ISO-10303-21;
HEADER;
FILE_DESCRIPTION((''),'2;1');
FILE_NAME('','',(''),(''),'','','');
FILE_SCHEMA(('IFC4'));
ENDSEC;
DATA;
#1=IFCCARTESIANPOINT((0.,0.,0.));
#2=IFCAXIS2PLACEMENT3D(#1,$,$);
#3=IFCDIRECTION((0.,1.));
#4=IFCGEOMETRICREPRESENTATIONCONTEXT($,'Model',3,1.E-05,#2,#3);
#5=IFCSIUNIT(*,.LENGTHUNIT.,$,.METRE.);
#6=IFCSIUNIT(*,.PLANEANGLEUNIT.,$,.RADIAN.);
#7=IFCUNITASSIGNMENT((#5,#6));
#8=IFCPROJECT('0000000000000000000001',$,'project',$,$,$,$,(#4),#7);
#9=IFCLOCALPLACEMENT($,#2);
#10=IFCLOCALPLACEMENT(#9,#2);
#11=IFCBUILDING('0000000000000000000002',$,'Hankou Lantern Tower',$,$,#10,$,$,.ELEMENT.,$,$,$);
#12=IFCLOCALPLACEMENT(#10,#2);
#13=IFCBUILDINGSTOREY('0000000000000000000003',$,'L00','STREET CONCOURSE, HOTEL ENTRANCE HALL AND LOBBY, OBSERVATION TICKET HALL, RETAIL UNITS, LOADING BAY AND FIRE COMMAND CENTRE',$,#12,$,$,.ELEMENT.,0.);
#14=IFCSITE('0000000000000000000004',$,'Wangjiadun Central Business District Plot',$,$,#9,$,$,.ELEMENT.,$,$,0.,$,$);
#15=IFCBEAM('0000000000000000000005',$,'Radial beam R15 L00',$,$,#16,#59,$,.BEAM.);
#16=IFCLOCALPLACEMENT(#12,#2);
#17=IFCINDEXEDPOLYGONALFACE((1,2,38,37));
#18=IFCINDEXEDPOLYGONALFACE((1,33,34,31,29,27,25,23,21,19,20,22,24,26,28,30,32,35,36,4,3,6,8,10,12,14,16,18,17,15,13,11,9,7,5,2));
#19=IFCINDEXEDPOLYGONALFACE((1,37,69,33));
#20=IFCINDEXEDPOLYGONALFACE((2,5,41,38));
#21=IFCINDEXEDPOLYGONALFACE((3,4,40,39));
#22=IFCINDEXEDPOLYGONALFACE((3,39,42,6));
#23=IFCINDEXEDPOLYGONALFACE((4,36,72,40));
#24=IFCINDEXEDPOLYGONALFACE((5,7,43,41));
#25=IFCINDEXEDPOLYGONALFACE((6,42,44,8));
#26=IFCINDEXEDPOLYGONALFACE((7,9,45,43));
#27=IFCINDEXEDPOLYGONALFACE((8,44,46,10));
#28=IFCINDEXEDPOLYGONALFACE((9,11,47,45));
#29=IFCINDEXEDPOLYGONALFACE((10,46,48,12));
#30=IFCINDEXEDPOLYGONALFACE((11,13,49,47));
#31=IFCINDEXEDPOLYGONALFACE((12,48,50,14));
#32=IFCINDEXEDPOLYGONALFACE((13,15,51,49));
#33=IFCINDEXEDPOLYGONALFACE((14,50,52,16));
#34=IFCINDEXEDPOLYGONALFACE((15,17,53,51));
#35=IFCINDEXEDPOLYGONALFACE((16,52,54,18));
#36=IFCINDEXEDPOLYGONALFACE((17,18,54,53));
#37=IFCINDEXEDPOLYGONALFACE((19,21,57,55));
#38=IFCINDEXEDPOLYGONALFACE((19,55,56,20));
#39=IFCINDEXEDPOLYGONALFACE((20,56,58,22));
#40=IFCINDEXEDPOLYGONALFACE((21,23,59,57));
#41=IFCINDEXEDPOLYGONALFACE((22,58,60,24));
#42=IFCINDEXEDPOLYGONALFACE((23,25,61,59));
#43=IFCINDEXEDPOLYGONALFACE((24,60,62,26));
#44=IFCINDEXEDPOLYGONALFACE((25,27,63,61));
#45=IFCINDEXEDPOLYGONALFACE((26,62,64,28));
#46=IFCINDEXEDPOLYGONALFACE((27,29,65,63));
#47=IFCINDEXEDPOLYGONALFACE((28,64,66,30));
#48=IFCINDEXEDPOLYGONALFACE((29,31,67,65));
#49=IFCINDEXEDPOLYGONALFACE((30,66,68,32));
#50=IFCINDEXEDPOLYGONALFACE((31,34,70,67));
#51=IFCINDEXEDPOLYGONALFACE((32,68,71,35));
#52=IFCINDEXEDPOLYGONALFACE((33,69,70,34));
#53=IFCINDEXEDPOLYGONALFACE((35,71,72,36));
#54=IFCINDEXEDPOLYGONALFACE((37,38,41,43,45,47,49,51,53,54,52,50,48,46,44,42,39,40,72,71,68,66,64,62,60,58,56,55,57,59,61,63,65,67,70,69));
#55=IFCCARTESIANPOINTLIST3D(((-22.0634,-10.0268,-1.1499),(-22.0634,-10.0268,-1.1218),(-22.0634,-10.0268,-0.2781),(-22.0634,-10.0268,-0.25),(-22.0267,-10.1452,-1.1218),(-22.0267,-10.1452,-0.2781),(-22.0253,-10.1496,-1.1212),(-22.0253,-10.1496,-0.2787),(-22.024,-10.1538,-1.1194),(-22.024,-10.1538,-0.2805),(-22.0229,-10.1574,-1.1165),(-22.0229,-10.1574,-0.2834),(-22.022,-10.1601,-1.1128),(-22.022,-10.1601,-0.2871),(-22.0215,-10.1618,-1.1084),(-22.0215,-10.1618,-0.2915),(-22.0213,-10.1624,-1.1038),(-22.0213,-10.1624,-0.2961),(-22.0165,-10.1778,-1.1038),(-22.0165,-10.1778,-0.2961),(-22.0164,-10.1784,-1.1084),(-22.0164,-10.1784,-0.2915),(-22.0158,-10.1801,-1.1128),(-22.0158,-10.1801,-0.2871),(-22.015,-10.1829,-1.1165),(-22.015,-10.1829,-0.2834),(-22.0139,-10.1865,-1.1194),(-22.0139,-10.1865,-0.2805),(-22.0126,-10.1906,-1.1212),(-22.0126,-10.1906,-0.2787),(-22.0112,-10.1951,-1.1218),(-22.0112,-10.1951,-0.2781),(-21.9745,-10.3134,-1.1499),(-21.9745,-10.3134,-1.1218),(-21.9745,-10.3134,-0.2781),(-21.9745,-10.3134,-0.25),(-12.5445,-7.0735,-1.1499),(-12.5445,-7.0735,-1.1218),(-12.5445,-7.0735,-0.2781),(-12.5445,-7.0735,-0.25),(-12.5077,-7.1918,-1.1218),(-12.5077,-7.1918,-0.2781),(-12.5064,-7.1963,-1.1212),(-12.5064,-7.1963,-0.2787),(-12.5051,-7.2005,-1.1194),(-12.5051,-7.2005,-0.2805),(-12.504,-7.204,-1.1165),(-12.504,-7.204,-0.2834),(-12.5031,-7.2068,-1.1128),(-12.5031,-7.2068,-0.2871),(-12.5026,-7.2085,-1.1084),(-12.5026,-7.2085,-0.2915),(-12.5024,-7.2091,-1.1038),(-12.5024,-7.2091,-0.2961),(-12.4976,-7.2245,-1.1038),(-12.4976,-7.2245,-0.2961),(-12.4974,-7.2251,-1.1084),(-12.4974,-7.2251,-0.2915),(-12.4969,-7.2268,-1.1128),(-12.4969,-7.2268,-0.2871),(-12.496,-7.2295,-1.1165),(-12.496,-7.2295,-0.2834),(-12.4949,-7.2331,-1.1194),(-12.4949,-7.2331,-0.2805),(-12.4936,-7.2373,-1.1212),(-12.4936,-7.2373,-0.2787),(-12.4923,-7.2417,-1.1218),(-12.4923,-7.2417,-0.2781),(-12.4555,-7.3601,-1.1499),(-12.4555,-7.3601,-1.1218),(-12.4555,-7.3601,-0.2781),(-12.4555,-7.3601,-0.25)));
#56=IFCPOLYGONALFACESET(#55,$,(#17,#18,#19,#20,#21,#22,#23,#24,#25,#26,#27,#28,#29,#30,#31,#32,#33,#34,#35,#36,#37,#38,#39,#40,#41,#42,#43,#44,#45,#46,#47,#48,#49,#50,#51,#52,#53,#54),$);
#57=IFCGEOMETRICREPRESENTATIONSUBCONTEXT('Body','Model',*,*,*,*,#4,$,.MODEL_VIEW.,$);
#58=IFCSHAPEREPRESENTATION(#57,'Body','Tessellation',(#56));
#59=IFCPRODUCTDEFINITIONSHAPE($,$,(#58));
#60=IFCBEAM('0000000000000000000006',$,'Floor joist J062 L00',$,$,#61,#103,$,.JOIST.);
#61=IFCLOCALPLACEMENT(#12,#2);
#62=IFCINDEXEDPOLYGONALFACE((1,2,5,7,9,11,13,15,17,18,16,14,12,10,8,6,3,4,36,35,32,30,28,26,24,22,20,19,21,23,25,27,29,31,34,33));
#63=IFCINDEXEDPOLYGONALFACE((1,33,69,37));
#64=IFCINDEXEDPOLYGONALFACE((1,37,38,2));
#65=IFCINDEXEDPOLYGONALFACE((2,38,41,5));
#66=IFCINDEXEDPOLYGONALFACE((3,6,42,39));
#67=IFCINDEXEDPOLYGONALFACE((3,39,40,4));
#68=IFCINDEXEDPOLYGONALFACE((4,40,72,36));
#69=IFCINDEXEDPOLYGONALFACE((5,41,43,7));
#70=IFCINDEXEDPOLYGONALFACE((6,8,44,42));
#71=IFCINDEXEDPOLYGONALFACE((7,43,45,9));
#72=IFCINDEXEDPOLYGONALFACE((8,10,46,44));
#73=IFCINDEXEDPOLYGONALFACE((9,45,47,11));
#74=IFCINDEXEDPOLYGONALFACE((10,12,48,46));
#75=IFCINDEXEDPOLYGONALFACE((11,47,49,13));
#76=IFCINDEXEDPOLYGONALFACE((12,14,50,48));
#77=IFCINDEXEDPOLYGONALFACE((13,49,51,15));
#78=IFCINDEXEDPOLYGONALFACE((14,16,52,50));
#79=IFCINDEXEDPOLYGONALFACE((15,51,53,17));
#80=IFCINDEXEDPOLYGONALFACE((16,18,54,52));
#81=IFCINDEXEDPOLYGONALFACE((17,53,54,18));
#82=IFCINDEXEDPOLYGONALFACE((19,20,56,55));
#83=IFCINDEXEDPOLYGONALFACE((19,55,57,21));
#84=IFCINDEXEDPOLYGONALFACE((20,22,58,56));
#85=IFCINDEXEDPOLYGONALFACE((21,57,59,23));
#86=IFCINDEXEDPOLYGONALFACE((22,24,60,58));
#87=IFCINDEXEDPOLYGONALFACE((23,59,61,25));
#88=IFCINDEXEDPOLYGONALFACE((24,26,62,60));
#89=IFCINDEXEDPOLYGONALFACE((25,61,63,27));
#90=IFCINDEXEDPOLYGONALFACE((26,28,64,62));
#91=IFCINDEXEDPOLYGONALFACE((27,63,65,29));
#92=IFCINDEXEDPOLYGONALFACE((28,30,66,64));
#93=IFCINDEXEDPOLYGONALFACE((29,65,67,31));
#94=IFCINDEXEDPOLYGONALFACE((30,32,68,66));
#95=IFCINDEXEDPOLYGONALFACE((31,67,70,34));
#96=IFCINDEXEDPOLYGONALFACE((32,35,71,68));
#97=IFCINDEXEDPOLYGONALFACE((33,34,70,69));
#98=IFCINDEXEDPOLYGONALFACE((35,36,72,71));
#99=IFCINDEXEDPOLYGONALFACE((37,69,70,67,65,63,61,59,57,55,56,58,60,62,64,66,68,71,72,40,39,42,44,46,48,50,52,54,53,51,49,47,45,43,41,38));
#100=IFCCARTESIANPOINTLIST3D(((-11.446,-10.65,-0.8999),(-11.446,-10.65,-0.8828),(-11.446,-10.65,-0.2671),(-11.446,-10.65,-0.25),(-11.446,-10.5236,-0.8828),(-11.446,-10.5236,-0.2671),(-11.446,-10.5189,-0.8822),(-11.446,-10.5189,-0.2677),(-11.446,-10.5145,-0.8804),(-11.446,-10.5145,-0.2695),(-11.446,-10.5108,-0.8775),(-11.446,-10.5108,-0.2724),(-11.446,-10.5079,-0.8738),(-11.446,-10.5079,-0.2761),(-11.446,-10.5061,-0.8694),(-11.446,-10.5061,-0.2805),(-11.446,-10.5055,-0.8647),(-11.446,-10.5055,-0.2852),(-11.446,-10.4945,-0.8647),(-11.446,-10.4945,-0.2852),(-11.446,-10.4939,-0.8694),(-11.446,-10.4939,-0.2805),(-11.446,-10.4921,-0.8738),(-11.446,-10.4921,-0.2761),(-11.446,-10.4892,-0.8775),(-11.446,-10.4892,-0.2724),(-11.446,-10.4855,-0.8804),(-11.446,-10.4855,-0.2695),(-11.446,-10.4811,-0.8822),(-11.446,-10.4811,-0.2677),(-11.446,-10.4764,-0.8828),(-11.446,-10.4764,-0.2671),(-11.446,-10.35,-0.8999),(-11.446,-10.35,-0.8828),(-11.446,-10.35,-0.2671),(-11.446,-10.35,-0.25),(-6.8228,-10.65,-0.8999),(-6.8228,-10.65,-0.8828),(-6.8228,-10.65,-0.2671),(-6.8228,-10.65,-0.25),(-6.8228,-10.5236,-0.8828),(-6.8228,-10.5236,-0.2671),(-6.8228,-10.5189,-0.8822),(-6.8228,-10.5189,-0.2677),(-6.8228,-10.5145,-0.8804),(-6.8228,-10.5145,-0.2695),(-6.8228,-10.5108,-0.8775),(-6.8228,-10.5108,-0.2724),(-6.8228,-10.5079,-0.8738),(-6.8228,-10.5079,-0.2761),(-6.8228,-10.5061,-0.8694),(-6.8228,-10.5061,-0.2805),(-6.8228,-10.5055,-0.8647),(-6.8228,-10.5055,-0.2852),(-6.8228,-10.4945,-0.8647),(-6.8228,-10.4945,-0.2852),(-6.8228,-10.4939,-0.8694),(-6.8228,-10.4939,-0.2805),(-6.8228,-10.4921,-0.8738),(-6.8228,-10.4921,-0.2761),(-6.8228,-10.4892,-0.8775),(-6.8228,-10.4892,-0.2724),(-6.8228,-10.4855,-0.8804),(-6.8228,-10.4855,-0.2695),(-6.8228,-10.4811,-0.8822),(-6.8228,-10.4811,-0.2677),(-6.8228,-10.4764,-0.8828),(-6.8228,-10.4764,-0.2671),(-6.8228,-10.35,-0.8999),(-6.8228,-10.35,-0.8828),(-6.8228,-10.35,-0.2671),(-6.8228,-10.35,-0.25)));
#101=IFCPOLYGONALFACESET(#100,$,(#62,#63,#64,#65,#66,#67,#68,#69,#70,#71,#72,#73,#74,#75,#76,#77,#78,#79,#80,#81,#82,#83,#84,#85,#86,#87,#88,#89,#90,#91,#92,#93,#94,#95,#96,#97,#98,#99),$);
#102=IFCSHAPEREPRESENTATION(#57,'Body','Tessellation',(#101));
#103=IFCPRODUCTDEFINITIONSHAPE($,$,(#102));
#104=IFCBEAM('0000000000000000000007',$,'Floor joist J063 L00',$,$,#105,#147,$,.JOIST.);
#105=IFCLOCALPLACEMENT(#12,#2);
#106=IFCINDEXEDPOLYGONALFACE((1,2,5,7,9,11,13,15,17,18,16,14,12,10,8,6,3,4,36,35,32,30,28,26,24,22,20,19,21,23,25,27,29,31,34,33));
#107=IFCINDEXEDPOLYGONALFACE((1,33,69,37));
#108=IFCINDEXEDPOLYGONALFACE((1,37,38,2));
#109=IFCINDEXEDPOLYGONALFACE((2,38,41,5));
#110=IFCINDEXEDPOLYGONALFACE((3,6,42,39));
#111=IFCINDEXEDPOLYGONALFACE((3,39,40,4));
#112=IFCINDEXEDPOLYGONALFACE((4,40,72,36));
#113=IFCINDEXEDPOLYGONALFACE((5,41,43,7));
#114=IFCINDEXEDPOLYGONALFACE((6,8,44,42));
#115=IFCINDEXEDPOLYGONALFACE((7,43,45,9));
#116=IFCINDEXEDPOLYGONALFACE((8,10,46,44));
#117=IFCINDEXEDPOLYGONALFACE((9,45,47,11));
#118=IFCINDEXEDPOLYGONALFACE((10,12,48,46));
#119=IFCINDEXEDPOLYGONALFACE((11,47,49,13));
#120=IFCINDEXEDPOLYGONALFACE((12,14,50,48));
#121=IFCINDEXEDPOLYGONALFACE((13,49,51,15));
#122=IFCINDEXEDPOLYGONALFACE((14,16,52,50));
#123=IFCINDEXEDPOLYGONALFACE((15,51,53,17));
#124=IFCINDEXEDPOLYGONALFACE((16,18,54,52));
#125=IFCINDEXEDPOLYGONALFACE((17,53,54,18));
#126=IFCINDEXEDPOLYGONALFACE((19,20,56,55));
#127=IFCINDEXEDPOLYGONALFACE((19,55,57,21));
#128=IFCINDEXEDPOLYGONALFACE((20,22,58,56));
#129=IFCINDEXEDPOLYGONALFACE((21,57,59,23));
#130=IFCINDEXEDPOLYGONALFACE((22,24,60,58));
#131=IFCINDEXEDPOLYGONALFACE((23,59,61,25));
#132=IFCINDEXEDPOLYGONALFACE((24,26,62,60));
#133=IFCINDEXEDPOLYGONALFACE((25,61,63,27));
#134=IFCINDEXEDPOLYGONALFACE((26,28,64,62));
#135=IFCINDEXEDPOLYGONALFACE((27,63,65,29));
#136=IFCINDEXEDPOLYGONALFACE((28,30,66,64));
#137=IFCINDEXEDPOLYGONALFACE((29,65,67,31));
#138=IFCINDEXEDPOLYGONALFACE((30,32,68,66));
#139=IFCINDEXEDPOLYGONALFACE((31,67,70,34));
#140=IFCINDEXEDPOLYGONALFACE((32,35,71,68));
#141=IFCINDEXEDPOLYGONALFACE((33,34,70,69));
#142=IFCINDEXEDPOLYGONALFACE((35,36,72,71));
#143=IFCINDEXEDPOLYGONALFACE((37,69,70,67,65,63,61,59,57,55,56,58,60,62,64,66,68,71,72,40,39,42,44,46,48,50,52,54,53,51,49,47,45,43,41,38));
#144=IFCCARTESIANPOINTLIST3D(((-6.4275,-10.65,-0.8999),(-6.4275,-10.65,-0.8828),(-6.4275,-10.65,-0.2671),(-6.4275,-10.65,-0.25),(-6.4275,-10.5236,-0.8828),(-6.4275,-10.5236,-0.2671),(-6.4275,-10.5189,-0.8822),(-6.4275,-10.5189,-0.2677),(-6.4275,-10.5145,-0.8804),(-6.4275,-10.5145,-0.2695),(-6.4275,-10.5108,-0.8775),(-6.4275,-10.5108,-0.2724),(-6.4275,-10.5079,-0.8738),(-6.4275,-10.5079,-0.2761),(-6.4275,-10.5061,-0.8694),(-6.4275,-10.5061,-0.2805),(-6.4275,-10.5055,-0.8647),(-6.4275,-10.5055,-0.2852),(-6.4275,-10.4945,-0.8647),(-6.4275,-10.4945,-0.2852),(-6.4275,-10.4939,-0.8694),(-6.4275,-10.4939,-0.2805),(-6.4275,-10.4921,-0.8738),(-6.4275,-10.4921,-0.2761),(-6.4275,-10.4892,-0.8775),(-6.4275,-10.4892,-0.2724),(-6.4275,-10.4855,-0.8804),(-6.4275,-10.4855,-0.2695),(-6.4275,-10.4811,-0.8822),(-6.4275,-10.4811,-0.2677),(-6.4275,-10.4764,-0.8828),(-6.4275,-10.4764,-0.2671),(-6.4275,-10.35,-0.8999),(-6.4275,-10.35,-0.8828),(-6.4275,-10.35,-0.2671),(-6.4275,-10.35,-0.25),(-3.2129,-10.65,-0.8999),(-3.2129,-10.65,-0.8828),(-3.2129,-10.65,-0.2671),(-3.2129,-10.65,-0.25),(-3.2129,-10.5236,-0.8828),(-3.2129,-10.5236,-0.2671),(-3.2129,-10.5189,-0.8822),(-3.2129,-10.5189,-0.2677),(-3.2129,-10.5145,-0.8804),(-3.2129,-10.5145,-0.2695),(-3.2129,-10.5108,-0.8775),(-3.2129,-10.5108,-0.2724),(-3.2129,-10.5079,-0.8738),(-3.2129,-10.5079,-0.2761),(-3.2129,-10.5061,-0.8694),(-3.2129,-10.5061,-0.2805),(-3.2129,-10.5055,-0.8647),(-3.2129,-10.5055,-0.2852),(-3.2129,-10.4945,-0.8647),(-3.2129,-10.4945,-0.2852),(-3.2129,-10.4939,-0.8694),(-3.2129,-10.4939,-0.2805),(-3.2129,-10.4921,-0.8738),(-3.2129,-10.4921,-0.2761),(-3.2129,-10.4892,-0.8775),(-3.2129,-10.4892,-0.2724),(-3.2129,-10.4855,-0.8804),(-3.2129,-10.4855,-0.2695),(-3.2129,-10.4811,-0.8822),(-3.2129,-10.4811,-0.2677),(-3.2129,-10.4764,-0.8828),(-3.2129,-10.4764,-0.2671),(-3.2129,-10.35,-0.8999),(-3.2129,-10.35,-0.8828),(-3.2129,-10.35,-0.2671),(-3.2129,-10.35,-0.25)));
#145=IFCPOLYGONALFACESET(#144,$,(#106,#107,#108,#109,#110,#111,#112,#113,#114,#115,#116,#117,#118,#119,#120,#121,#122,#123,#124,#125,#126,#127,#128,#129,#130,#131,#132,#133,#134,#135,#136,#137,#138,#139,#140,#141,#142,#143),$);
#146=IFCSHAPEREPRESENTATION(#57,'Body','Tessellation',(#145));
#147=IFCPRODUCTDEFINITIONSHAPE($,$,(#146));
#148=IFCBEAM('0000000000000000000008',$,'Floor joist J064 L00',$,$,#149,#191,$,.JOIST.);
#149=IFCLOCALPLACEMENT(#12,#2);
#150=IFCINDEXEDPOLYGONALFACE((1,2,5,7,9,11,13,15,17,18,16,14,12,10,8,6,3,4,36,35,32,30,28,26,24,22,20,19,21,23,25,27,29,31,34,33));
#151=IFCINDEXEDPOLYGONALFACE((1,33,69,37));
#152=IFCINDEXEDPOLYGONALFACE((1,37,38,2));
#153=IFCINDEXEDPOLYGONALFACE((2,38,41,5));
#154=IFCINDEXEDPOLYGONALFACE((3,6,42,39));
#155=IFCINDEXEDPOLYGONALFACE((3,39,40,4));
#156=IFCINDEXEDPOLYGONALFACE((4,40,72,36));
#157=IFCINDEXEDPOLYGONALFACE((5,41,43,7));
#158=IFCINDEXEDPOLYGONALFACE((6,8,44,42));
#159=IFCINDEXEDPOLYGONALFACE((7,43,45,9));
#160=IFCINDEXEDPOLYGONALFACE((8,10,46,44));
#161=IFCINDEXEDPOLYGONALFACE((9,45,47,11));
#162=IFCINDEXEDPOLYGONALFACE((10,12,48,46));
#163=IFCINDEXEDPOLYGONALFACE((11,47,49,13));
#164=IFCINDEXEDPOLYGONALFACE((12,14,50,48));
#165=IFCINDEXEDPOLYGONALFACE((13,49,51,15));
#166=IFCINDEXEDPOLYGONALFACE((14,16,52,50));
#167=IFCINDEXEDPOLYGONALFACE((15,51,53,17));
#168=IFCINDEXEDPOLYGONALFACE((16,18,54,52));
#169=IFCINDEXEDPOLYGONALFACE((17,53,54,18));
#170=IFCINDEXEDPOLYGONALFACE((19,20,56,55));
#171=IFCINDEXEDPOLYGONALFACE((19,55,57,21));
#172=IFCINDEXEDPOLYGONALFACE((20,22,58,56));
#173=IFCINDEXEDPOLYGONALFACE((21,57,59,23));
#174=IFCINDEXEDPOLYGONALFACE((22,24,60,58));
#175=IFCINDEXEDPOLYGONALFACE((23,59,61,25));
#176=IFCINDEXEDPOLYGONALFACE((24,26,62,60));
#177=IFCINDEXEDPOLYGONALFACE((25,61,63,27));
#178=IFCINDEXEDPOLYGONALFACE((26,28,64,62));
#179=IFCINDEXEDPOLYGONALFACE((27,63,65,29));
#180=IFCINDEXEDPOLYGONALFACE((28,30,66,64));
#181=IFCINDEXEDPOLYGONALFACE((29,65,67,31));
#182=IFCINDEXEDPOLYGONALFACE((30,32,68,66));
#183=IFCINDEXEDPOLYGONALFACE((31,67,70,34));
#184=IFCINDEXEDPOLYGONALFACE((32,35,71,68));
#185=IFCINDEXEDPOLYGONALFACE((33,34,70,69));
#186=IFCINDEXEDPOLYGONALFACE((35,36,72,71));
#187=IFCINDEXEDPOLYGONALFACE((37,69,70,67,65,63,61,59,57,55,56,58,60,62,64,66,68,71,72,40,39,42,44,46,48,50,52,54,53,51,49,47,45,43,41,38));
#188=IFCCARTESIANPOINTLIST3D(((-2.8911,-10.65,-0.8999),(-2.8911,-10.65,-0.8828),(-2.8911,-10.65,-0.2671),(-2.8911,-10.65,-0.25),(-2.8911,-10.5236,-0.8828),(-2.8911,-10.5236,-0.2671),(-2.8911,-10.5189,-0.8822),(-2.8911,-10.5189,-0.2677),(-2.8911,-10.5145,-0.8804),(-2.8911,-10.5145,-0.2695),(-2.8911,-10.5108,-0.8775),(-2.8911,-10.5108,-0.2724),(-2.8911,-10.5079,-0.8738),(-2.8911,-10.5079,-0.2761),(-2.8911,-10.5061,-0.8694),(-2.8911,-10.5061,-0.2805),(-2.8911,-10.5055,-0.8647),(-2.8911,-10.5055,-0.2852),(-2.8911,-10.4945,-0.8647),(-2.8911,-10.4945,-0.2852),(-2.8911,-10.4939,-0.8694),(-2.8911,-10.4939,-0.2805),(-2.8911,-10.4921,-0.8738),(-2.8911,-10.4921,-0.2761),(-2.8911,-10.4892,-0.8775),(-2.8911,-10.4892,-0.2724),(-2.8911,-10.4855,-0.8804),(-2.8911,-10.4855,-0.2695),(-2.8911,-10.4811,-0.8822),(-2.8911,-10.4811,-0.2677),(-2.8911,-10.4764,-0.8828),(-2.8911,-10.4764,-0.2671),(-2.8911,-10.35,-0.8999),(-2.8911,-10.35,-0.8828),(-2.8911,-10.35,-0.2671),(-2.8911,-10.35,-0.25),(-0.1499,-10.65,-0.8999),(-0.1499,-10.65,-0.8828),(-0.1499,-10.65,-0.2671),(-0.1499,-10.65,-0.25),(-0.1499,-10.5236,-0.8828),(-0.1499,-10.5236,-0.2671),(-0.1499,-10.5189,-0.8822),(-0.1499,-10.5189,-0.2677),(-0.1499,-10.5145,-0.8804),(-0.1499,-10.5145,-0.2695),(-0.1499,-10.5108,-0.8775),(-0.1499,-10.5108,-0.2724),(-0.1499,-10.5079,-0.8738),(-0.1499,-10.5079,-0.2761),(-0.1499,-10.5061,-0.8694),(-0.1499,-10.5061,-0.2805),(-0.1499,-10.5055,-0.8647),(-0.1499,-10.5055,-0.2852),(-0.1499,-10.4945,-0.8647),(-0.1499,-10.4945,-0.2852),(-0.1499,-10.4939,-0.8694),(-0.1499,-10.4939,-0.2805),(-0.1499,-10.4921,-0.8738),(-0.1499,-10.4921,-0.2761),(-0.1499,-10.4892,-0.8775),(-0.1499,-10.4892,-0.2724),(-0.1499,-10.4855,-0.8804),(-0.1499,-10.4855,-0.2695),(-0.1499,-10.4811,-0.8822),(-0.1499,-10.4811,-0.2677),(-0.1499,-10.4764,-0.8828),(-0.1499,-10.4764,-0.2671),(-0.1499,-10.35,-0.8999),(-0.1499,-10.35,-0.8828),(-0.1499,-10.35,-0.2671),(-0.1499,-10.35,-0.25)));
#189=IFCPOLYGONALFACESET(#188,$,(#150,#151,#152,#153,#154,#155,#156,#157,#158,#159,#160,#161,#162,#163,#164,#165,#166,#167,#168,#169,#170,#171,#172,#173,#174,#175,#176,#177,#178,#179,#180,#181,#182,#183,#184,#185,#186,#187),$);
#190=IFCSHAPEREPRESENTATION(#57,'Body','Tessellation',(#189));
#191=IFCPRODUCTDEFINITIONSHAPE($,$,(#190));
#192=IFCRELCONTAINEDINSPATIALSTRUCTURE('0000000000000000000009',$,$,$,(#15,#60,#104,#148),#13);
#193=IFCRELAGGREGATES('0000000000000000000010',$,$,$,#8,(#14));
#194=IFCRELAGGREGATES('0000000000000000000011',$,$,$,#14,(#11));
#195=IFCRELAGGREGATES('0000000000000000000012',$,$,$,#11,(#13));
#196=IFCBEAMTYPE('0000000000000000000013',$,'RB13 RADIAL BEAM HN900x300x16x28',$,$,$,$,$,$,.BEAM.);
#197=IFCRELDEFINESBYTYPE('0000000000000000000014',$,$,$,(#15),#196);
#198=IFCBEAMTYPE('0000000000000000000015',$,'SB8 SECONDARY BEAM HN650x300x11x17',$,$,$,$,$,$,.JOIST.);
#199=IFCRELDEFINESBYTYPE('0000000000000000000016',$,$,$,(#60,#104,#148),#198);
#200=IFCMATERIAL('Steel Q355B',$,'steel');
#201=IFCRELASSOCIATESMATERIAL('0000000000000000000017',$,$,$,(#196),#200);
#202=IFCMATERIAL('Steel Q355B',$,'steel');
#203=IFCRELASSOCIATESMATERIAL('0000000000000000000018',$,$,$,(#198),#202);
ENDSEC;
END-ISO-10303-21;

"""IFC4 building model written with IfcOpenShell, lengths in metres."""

from ifc_helpers import new_model, si_unit, direction, frame, origin, origin_2d, place, context, subcontext, project, spatial, i_section, extrude, material, material_profile, profile_set, type_object, element, save


model = new_model("IFC4")

# Units and contexts
model_context = context("Model", 3, precision=1e-05, world=origin(), true_north=direction((0.0, 1.0)))
body_context = subcontext(model_context, "Body", "Model", "MODEL_VIEW")
ifc_project = project(units=[si_unit("LENGTHUNIT", "METRE"), si_unit("PLANEANGLEUNIT", "RADIAN")], contexts=[model_context])

# Site, building, storey
site_placement = place(None, origin())
site = spatial("IfcSite", under=ifc_project, at=site_placement, Name="Wangjiadun Central Business District Plot", CompositionType="ELEMENT", RefElevation=0.0)
building_placement = place(site_placement, origin())
building = spatial("IfcBuilding", under=site, at=building_placement, Name="Hankou Lantern Tower", CompositionType="ELEMENT")
storey_placement = place(building_placement, origin())
storey = spatial("IfcBuildingStorey", under=building, at=storey_placement, Name="L00", Description="STREET CONCOURSE, HOTEL ENTRANCE HALL AND LOBBY, OBSERVATION TICKET HALL, RETAIL UNITS, LOADING BAY AND FIRE COMMAND CENTRE", CompositionType="ELEMENT", Elevation=0.0)

# Beams
ifc_material_1 = material(Name="Steel Q355B", Category="steel")
ifc_material_profile_1 = material_profile(ifc_material_1, i_section(OverallWidth=0.3, OverallDepth=0.8999, WebThickness=0.0161, FlangeThickness=0.0281, FilletRadius=0.0181, at=origin_2d()), Name="HN900x300x16x28")
ifc_profile_set_1 = profile_set([ifc_material_profile_1], Name="Steel Q355B")
beam_type_1 = type_object("IfcBeamType", Name="RB13 RADIAL BEAM HN900x300x16x28", PredefinedType="BEAM", material=ifc_profile_set_1)
beam_1_placement = place(storey_placement, frame((-12.5, -7.2168, -0.7), z_axis=(-0.955087, -0.296324, 0.0), x_axis=(0.296324, -0.955087, 0.0)))
element("IfcBeam", 1, at=beam_1_placement, inside=storey, type_object=beam_type_1, Name="Radial beam R15 L00", PredefinedType="BEAM", context=body_context, shape_type="SweptSolid", body=[
    extrude(i_section(OverallWidth=0.3, OverallDepth=0.8999, WebThickness=0.0161, FlangeThickness=0.0281, FilletRadius=0.0181, at=origin_2d()), origin(), (0.0, 0.0, 1.0), 9.9666),
])
ifc_material_2 = material(Name="Steel Q355B", Category="steel")
ifc_material_profile_2 = material_profile(ifc_material_2, i_section(OverallWidth=0.3, OverallDepth=0.6499, WebThickness=0.011, FlangeThickness=0.0171, FilletRadius=0.0181, at=origin_2d()), Name="HN650x300x11x17")
ifc_profile_set_2 = profile_set([ifc_material_profile_2], Name="Steel Q355B")
beam_type_2 = type_object("IfcBeamType", Name="SB8 SECONDARY BEAM HN650x300x11x17", PredefinedType="JOIST", material=ifc_profile_set_2)
beam_2_placement = place(storey_placement, frame((-11.446, -10.5, -0.575), z_axis=(1.0, 0.0, 0.0), x_axis=(0.0, 1.0, 0.0)))
element("IfcBeam", 2, at=beam_2_placement, inside=storey, type_object=beam_type_2, Name="Floor joist J062 L00", PredefinedType="JOIST", context=body_context, shape_type="SweptSolid", body=[
    extrude(i_section(OverallWidth=0.3, OverallDepth=0.6499, WebThickness=0.011, FlangeThickness=0.0171, FilletRadius=0.0181, at=origin_2d()), origin(), (0.0, 0.0, 1.0), 4.6233),
])
beam_3_placement = place(storey_placement, frame((-6.4275, -10.5, -0.575), z_axis=(1.0, 0.0, 0.0), x_axis=(0.0, 1.0, 0.0)))
element("IfcBeam", 3, at=beam_3_placement, inside=storey, type_object=beam_type_2, Name="Floor joist J063 L00", PredefinedType="JOIST", context=body_context, shape_type="SweptSolid", body=[
    extrude(i_section(OverallWidth=0.3, OverallDepth=0.6499, WebThickness=0.011, FlangeThickness=0.0171, FilletRadius=0.0181, at=origin_2d()), origin(), (0.0, 0.0, 1.0), 3.2146),
])
beam_4_placement = place(storey_placement, frame((-2.8911, -10.5, -0.575), z_axis=(1.0, 0.0, 0.0), x_axis=(0.0, 1.0, 0.0)))
element("IfcBeam", 4, at=beam_4_placement, inside=storey, type_object=beam_type_2, Name="Floor joist J064 L00", PredefinedType="JOIST", context=body_context, shape_type="SweptSolid", body=[
    extrude(i_section(OverallWidth=0.3, OverallDepth=0.6499, WebThickness=0.011, FlangeThickness=0.0171, FilletRadius=0.0181, at=origin_2d()), origin(), (0.0, 0.0, 1.0), 2.7412),
])

save(model, "model.ifc")
